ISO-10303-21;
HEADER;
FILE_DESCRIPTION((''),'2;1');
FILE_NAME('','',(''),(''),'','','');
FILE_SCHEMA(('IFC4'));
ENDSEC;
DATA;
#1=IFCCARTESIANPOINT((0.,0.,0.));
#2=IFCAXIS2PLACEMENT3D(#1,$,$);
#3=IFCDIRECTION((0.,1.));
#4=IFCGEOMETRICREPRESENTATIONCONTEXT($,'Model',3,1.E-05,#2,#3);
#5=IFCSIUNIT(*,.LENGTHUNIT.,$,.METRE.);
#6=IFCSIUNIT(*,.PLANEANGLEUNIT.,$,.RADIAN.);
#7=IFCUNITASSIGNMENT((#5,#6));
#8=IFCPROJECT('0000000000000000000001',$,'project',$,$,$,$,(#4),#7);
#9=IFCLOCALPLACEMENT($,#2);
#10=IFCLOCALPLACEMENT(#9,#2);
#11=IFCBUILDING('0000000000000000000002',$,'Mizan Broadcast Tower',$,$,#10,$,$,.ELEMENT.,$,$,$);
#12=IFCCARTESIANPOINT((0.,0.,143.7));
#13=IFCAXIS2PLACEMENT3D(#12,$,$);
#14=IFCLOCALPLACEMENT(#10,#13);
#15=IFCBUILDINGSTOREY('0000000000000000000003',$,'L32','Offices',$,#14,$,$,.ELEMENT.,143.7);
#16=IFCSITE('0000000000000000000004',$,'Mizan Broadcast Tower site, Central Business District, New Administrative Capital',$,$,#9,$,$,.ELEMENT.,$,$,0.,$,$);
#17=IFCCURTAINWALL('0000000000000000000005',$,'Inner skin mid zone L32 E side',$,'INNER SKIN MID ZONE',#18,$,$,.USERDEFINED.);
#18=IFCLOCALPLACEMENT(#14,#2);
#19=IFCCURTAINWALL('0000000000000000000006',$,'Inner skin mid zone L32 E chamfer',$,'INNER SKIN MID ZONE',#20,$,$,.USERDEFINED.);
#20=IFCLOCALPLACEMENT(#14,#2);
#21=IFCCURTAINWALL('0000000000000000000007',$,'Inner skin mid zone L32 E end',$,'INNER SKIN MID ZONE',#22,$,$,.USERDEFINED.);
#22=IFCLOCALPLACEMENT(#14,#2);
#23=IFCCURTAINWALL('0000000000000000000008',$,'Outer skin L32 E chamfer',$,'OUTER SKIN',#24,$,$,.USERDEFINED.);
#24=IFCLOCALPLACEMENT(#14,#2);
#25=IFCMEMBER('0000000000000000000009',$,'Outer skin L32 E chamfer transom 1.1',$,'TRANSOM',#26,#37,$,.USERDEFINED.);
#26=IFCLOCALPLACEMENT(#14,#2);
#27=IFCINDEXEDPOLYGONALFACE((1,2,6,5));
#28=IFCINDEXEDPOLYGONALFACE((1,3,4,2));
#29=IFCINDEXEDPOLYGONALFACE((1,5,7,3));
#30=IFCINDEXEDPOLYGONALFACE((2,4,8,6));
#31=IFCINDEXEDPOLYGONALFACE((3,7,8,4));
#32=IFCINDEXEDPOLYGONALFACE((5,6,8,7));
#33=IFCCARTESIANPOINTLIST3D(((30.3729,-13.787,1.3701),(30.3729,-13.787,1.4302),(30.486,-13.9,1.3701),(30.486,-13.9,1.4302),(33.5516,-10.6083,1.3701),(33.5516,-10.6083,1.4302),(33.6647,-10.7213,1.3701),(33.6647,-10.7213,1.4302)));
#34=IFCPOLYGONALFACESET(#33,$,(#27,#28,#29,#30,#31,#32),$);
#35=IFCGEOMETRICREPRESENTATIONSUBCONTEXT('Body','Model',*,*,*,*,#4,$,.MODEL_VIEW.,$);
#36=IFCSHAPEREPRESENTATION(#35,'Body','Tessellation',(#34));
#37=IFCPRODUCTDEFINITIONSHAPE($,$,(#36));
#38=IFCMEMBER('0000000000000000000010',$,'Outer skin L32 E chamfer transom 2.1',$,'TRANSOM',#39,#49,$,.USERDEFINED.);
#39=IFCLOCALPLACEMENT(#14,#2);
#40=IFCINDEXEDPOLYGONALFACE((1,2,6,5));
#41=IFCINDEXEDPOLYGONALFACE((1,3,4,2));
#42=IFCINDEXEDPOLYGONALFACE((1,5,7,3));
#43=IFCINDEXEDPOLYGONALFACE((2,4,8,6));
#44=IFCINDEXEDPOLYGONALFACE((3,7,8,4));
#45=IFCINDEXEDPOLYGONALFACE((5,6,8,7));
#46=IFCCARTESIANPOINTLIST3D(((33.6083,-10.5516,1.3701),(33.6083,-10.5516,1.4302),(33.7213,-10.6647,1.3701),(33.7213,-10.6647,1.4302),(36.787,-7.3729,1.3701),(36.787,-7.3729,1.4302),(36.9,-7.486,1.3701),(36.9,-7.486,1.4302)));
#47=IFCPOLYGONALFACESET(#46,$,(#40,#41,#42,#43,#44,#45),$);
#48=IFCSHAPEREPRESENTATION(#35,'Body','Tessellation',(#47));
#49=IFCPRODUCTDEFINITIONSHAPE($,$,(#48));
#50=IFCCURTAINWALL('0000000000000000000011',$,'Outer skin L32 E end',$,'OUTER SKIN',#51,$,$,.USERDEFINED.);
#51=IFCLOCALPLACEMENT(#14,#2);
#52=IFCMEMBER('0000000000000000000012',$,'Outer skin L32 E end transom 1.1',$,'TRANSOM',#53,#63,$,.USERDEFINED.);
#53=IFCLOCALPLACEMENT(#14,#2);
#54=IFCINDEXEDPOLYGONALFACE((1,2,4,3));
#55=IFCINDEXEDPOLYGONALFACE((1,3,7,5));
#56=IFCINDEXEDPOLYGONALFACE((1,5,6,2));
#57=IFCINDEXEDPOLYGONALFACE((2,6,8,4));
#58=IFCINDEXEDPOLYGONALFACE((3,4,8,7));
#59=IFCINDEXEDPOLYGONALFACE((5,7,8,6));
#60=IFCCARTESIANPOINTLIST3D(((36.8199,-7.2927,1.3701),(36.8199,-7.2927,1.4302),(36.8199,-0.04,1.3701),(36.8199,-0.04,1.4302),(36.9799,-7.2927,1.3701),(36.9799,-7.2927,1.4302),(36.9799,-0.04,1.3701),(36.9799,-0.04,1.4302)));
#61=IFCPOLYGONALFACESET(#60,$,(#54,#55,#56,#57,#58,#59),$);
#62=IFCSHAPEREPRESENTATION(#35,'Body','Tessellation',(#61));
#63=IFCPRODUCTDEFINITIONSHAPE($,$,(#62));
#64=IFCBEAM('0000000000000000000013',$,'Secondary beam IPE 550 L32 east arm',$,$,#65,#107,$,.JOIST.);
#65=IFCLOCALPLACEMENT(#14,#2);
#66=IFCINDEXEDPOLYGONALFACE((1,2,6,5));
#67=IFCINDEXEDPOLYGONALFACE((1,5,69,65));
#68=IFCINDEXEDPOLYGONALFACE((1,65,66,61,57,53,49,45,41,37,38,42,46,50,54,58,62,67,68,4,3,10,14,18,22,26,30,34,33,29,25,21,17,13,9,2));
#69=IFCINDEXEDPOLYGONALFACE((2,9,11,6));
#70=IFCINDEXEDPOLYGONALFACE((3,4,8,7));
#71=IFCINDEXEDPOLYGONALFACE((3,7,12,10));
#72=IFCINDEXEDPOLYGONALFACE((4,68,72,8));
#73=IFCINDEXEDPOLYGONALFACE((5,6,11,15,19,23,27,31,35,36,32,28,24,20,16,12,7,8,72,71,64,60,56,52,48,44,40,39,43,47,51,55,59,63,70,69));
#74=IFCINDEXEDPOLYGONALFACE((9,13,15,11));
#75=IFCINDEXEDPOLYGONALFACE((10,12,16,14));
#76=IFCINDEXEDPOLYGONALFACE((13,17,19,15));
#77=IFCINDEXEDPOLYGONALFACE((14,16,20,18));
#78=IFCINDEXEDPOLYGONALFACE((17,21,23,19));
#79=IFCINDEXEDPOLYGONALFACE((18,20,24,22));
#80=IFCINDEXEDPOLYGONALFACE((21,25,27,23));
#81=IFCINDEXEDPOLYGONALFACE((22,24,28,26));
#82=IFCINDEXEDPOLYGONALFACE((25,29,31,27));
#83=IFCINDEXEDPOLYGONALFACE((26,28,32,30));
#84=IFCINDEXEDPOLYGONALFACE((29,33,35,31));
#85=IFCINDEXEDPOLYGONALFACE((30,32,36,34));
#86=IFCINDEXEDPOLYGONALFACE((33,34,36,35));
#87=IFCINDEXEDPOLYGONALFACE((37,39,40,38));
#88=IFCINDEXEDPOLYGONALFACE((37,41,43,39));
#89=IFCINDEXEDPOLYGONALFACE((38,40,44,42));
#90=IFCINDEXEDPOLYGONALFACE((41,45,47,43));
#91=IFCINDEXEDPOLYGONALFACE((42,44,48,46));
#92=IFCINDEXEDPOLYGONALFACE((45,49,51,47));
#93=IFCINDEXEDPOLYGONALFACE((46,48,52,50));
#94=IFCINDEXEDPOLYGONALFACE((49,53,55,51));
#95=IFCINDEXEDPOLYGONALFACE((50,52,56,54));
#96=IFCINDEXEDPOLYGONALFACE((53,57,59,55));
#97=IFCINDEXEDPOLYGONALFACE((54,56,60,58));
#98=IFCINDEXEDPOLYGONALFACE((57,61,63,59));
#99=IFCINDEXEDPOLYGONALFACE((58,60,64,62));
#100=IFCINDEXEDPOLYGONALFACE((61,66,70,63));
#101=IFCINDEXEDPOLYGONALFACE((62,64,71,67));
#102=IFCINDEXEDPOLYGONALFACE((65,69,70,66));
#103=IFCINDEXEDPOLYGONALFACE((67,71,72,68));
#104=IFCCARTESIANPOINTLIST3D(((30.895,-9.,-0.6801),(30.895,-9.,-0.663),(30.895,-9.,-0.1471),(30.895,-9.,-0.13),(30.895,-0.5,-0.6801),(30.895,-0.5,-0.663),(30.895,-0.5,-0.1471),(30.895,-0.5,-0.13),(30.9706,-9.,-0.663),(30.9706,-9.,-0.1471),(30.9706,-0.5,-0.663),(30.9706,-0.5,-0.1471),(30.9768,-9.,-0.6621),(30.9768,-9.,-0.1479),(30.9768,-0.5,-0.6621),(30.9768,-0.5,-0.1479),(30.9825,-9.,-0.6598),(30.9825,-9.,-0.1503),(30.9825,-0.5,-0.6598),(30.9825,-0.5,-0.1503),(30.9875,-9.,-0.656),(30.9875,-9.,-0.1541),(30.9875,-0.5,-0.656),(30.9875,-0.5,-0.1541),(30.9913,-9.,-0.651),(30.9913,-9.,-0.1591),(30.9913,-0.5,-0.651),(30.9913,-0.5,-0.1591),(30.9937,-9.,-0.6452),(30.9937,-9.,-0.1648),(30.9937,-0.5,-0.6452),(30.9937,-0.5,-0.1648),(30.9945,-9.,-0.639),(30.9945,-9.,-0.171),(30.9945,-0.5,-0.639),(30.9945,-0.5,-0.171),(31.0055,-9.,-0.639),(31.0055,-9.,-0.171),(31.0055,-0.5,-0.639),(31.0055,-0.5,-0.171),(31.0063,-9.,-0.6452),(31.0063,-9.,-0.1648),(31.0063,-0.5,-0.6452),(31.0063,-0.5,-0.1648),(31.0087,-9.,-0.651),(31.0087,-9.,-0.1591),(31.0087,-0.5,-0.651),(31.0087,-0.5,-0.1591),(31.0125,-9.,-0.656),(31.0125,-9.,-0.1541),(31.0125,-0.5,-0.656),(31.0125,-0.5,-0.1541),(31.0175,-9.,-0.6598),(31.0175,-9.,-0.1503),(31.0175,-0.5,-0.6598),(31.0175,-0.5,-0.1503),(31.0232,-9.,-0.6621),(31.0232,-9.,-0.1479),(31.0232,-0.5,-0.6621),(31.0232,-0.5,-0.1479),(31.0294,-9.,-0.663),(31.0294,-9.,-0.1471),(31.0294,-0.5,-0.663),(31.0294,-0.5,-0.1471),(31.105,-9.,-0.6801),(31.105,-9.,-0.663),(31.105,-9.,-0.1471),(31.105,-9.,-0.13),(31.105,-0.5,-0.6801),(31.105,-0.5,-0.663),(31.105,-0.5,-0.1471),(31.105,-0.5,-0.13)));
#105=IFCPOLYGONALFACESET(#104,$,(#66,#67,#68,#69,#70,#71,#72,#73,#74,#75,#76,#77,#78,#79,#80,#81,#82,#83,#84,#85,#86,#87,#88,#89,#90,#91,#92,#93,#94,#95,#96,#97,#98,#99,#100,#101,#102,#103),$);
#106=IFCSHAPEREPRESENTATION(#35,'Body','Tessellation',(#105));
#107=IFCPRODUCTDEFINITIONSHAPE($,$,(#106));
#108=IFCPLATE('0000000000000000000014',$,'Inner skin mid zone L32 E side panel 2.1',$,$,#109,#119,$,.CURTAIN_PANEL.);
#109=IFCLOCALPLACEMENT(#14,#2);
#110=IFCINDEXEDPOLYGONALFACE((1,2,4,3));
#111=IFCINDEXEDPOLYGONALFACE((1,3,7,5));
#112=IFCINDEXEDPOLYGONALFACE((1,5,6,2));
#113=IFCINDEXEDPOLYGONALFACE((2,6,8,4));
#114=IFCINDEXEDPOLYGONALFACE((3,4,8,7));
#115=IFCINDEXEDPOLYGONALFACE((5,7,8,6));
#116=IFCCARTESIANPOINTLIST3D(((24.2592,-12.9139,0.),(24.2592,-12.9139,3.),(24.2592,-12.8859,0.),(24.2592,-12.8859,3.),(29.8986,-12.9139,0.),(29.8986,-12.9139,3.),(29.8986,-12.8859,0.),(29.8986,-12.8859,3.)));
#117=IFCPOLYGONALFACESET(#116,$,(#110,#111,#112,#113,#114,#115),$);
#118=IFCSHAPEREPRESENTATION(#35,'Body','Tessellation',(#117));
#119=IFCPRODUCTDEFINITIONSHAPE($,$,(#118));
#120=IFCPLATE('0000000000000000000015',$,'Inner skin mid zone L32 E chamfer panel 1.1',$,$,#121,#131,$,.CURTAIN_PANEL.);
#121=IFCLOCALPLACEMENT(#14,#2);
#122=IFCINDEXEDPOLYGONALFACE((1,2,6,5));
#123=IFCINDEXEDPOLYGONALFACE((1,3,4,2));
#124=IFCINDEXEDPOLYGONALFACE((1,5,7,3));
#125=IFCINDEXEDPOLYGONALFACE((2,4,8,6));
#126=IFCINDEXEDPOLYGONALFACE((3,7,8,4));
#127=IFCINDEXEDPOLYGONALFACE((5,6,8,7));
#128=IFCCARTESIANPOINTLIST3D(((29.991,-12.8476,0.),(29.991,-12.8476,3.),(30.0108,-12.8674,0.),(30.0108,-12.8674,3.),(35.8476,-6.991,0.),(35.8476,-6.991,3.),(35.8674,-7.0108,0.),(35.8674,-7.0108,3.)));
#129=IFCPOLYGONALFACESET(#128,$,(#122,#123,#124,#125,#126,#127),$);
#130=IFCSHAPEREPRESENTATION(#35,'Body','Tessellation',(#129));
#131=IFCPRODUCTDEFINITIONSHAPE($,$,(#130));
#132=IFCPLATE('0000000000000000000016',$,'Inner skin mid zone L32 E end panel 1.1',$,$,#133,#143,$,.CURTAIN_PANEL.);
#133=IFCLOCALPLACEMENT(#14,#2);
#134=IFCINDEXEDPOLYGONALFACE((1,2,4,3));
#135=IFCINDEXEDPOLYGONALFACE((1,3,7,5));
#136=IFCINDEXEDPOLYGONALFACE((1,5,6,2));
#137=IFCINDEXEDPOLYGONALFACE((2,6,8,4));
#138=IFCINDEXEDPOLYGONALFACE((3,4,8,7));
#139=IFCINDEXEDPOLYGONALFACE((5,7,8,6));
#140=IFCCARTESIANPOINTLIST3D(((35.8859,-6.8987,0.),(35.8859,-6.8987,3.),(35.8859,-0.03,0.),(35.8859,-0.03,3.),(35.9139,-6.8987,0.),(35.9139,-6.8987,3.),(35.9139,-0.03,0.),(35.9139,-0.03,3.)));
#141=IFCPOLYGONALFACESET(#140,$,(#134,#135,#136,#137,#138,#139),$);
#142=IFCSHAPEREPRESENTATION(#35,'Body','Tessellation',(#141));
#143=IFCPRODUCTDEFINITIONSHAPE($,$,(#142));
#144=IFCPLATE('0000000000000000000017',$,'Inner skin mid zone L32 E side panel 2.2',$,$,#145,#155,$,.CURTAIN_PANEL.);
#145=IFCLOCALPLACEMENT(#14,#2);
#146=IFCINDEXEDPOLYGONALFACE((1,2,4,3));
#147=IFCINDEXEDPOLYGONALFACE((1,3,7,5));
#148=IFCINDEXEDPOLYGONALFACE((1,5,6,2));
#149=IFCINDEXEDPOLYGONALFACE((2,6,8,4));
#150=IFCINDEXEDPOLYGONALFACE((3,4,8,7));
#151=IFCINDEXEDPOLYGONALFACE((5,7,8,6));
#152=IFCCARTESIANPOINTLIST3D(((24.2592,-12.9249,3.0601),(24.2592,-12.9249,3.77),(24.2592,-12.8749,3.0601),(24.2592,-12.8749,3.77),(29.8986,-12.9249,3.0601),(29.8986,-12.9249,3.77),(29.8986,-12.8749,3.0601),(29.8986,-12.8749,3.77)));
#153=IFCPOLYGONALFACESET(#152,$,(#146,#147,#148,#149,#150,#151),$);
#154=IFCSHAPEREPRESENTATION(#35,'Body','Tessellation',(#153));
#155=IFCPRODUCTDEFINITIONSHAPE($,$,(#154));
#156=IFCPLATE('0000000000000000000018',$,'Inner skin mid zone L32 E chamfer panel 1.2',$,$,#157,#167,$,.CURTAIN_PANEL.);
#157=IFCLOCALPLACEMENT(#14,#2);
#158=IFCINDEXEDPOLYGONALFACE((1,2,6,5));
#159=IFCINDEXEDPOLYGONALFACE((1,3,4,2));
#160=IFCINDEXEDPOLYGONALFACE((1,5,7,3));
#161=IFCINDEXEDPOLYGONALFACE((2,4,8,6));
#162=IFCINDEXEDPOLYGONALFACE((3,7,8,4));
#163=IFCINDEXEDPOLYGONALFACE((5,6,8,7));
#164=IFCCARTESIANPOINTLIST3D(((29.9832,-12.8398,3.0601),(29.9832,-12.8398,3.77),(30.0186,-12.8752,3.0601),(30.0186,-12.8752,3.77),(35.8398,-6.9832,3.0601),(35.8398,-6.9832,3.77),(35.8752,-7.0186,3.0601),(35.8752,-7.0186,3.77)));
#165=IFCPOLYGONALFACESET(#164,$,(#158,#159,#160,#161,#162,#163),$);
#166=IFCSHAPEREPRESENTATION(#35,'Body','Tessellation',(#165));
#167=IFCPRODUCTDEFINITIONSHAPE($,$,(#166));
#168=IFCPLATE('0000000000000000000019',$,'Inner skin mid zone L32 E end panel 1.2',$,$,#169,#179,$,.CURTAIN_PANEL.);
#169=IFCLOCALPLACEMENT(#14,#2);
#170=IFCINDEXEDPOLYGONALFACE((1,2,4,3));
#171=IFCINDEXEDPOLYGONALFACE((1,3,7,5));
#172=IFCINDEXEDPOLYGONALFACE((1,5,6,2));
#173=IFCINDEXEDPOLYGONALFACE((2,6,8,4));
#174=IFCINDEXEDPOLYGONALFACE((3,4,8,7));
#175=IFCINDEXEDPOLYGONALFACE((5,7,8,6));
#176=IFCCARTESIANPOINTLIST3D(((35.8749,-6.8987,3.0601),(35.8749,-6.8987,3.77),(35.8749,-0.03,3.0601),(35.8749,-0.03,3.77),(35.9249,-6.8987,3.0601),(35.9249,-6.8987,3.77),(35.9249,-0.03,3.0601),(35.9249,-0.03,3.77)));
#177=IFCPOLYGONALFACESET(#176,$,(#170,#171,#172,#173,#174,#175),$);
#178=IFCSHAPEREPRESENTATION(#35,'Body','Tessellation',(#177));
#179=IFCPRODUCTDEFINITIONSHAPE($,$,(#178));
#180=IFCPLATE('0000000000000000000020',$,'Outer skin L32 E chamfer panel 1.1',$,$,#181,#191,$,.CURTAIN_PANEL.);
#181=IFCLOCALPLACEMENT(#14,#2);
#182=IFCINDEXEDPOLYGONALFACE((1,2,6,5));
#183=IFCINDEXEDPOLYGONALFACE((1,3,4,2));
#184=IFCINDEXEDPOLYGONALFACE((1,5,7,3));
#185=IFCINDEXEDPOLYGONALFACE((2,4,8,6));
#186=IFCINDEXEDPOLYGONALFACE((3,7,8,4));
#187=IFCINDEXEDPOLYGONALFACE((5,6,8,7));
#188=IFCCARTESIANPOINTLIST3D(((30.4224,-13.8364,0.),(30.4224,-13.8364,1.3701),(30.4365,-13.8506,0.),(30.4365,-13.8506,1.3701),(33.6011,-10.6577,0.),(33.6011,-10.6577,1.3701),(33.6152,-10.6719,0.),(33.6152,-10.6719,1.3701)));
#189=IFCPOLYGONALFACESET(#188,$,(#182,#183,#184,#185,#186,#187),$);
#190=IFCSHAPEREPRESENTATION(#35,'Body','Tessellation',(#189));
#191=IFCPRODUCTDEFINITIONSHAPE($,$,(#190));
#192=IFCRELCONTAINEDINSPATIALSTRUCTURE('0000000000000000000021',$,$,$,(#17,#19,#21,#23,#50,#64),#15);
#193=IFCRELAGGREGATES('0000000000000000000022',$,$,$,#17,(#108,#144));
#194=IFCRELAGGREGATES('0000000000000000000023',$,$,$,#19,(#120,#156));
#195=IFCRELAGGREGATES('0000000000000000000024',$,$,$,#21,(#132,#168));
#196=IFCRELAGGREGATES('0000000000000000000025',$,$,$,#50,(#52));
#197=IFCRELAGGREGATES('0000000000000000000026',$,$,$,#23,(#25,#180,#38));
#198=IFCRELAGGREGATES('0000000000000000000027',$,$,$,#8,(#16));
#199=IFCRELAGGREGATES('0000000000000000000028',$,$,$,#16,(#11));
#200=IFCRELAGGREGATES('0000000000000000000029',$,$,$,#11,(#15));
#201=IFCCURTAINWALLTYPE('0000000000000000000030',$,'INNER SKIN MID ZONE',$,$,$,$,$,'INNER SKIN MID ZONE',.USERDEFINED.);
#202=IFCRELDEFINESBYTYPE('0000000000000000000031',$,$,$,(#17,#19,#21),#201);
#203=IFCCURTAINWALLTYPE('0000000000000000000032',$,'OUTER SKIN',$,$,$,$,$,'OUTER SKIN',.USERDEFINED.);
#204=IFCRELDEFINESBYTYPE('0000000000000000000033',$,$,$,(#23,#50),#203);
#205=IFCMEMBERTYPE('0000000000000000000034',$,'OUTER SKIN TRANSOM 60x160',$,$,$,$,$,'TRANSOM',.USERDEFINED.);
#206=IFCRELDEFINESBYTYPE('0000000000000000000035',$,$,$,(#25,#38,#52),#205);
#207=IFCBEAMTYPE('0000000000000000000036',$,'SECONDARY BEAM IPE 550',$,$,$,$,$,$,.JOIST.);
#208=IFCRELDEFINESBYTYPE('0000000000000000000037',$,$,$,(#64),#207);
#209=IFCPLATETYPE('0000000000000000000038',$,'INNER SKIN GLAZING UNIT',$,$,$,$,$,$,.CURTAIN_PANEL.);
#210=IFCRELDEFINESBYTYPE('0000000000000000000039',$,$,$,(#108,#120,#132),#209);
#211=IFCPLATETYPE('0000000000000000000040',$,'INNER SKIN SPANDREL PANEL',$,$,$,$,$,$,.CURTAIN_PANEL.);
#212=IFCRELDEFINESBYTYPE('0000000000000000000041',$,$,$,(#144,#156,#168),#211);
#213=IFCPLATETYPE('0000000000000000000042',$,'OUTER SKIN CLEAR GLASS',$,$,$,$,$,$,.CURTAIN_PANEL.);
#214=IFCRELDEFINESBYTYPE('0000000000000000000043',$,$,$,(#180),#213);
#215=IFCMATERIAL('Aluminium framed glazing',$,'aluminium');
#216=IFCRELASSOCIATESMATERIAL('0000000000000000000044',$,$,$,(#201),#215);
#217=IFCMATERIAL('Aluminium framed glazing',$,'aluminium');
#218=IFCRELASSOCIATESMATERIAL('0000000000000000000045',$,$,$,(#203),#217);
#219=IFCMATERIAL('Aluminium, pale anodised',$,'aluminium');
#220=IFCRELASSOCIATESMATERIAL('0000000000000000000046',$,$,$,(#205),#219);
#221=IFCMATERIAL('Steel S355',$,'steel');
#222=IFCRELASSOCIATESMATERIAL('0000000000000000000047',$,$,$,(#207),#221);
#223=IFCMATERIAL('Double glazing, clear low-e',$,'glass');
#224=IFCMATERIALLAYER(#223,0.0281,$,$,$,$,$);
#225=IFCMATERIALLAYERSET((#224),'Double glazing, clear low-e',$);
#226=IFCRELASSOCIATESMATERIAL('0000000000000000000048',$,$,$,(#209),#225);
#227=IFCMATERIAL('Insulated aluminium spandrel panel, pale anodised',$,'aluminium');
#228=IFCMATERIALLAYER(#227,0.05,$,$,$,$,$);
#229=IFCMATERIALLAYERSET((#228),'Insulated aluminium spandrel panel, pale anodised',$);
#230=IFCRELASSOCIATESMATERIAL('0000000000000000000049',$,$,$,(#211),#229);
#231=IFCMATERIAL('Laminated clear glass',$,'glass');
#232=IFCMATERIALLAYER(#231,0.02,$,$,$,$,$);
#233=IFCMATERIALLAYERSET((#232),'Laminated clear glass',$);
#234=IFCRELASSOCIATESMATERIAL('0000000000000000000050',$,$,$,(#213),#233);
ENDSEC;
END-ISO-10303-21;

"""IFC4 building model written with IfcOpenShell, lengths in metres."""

from ifc_helpers import new_model, si_unit, direction, frame, origin, origin_2d, place, context, subcontext, project, spatial, rectangle, i_section, extrude, material, layer, layer_set, material_profile, profile_set, type_object, element, aggregate, save


model = new_model("IFC4")

# Units and contexts
model_context = context("Model", 3, precision=1e-05, world=origin(), true_north=direction((0.0, 1.0)))
body_context = subcontext(model_context, "Body", "Model", "MODEL_VIEW")
ifc_project = project(units=[si_unit("LENGTHUNIT", "METRE"), si_unit("PLANEANGLEUNIT", "RADIAN")], contexts=[model_context])

# Site, building, storey
site_placement = place(None, origin())
site = spatial("IfcSite", under=ifc_project, at=site_placement, Name="Mizan Broadcast Tower site, Central Business District, New Administrative Capital", CompositionType="ELEMENT", RefElevation=0.0)
building_placement = place(site_placement, origin())
building = spatial("IfcBuilding", under=site, at=building_placement, Name="Mizan Broadcast Tower", CompositionType="ELEMENT")
storey_placement = place(building_placement, frame((0.0, 0.0, 143.7)))
storey = spatial("IfcBuildingStorey", under=building, at=storey_placement, Name="L32", Description="Offices", CompositionType="ELEMENT", Elevation=143.7)

# Curtain wall
ifc_material_1 = material(Name="Aluminium framed glazing", Category="aluminium")
curtain_wall_type_1 = type_object("IfcCurtainWallType", Name="INNER SKIN MID ZONE", ElementType="INNER SKIN MID ZONE", PredefinedType="USERDEFINED", material=ifc_material_1)
curtain_wall_1_placement = place(storey_placement, origin())
curtain_wall_1 = element("IfcCurtainWall", 1, at=curtain_wall_1_placement, inside=storey, type_object=curtain_wall_type_1, Name="Inner skin mid zone L32 E side", ObjectType="INNER SKIN MID ZONE", PredefinedType="USERDEFINED")

# Curtain wall
curtain_wall_2_placement = place(storey_placement, origin())
curtain_wall_2 = element("IfcCurtainWall", 2, at=curtain_wall_2_placement, inside=storey, type_object=curtain_wall_type_1, Name="Inner skin mid zone L32 E chamfer", ObjectType="INNER SKIN MID ZONE", PredefinedType="USERDEFINED")

# Curtain wall
curtain_wall_3_placement = place(storey_placement, origin())
curtain_wall_3 = element("IfcCurtainWall", 3, at=curtain_wall_3_placement, inside=storey, type_object=curtain_wall_type_1, Name="Inner skin mid zone L32 E end", ObjectType="INNER SKIN MID ZONE", PredefinedType="USERDEFINED")

# Curtain wall
ifc_material_2 = material(Name="Aluminium framed glazing", Category="aluminium")
curtain_wall_type_2 = type_object("IfcCurtainWallType", Name="OUTER SKIN", ElementType="OUTER SKIN", PredefinedType="USERDEFINED", material=ifc_material_2)
curtain_wall_4_placement = place(storey_placement, origin())
curtain_wall_4 = element("IfcCurtainWall", 4, at=curtain_wall_4_placement, inside=storey, type_object=curtain_wall_type_2, Name="Outer skin L32 E chamfer", ObjectType="OUTER SKIN", PredefinedType="USERDEFINED")

# Members
ifc_material_3 = material(Name="Aluminium, pale anodised", Category="aluminium")
ifc_material_profile_1 = material_profile(ifc_material_3, rectangle(XDim=0.1599, YDim=0.0601, at=origin_2d()), Name="TRANSOM 160x60")
ifc_profile_set_1 = profile_set([ifc_material_profile_1], Name="Aluminium, pale anodised")
member_type_1 = type_object("IfcMemberType", Name="OUTER SKIN TRANSOM 60x160", ElementType="TRANSOM", PredefinedType="USERDEFINED", material=ifc_profile_set_1)
member_1_placement = place(storey_placement, frame((30.4294, -13.8435, 1.4001), z_axis=(0.707107, 0.707107, 0.0), x_axis=(-0.707107, 0.707107, 0.0)))
member_1 = element("IfcMember", 5, at=member_1_placement, type_object=member_type_1, Name="Outer skin L32 E chamfer transom 1.1", ObjectType="TRANSOM", PredefinedType="USERDEFINED", context=body_context, shape_type="SweptSolid", body=[
    extrude(rectangle(XDim=0.1599, YDim=0.0601, at=origin_2d()), origin(), (0.0, 0.0, 1.0), 4.4954),
])
member_2_placement = place(storey_placement, frame((33.6648, -10.6082, 1.4001), z_axis=(0.707107, 0.707107, 0.0), x_axis=(-0.707107, 0.707107, 0.0)))
member_2 = element("IfcMember", 6, at=member_2_placement, type_object=member_type_1, Name="Outer skin L32 E chamfer transom 2.1", ObjectType="TRANSOM", PredefinedType="USERDEFINED", context=body_context, shape_type="SweptSolid", body=[
    extrude(rectangle(XDim=0.1599, YDim=0.0601, at=origin_2d()), origin(), (0.0, 0.0, 1.0), 4.4954),
])

# Curtain wall, member
curtain_wall_5_placement = place(storey_placement, origin())
curtain_wall_5 = element("IfcCurtainWall", 7, at=curtain_wall_5_placement, inside=storey, type_object=curtain_wall_type_2, Name="Outer skin L32 E end", ObjectType="OUTER SKIN", PredefinedType="USERDEFINED")
member_3_placement = place(storey_placement, frame((36.8999, -7.2927, 1.4001), z_axis=(0.0, 1.0, 0.0), x_axis=(-1.0, 0.0, 0.0)))
member_3 = element("IfcMember", 8, at=member_3_placement, type_object=member_type_1, Name="Outer skin L32 E end transom 1.1", ObjectType="TRANSOM", PredefinedType="USERDEFINED", context=body_context, shape_type="SweptSolid", body=[
    extrude(rectangle(XDim=0.1599, YDim=0.0601, at=origin_2d()), origin(), (0.0, 0.0, 1.0), 7.2527),
])

# Beam
ifc_material_4 = material(Name="Steel S355", Category="steel")
ifc_material_profile_2 = material_profile(ifc_material_4, i_section(OverallWidth=0.21, OverallDepth=0.55, WebThickness=0.011, FlangeThickness=0.0171, FilletRadius=0.0239, at=origin_2d()), Name="IPE 550")
ifc_profile_set_2 = profile_set([ifc_material_profile_2], Name="Steel S355")
beam_type_1 = type_object("IfcBeamType", Name="SECONDARY BEAM IPE 550", PredefinedType="JOIST", material=ifc_profile_set_2)
beam_1_placement = place(storey_placement, frame((31.0, -9.0, -0.405), z_axis=(0.0, 1.0, 0.0), x_axis=(-1.0, 0.0, 0.0)))
element("IfcBeam", 9, at=beam_1_placement, inside=storey, type_object=beam_type_1, Name="Secondary beam IPE 550 L32 east arm", PredefinedType="JOIST", context=body_context, shape_type="SweptSolid", body=[
    extrude(i_section(OverallWidth=0.21, OverallDepth=0.55, WebThickness=0.011, FlangeThickness=0.0171, FilletRadius=0.0239, at=origin_2d()), origin(), (0.0, 0.0, 1.0), 8.5),
])

# Plates
ifc_material_5 = material(Name="Double glazing, clear low-e", Category="glass")
ifc_layer_1 = layer(ifc_material_5, 0.0281)
ifc_layer_set_1 = layer_set([ifc_layer_1], Name="Double glazing, clear low-e")
plate_type_1 = type_object("IfcPlateType", Name="INNER SKIN GLAZING UNIT", PredefinedType="CURTAIN_PANEL", material=ifc_layer_set_1)
plate_1_placement = place(storey_placement, frame((27.0789, -12.8999, 0.0), z_axis=(0.0, 0.0, 1.0), x_axis=(1.0, 0.0, 0.0)))
plate_1 = element("IfcPlate", 10, at=plate_1_placement, type_object=plate_type_1, Name="Inner skin mid zone L32 E side panel 2.1", PredefinedType="CURTAIN_PANEL", context=body_context, shape_type="SweptSolid", body=[
    extrude(rectangle(XDim=5.6394, YDim=0.0281, at=origin_2d()), origin(), (0.0, 0.0, 1.0), 3.0),
])
plate_2_placement = place(storey_placement, frame((32.9292, -9.9292, 0.0), z_axis=(0.0, 0.0, 1.0), x_axis=(0.707107, 0.707107, 0.0)))
plate_2 = element("IfcPlate", 11, at=plate_2_placement, type_object=plate_type_1, Name="Inner skin mid zone L32 E chamfer panel 1.1", PredefinedType="CURTAIN_PANEL", context=body_context, shape_type="SweptSolid", body=[
    extrude(rectangle(XDim=8.2825, YDim=0.0281, at=origin_2d()), origin(), (0.0, 0.0, 1.0), 3.0),
])
plate_3_placement = place(storey_placement, frame((35.8999, -3.4644, 0.0), z_axis=(0.0, 0.0, 1.0), x_axis=(0.0, 1.0, 0.0)))
plate_3 = element("IfcPlate", 12, at=plate_3_placement, type_object=plate_type_1, Name="Inner skin mid zone L32 E end panel 1.1", PredefinedType="CURTAIN_PANEL", context=body_context, shape_type="SweptSolid", body=[
    extrude(rectangle(XDim=6.8687, YDim=0.0281, at=origin_2d()), origin(), (0.0, 0.0, 1.0), 3.0),
])
ifc_material_6 = material(Name="Insulated aluminium spandrel panel, pale anodised", Category="aluminium")
ifc_layer_2 = layer(ifc_material_6, 0.05)
ifc_layer_set_2 = layer_set([ifc_layer_2], Name="Insulated aluminium spandrel panel, pale anodised")
plate_type_2 = type_object("IfcPlateType", Name="INNER SKIN SPANDREL PANEL", PredefinedType="CURTAIN_PANEL", material=ifc_layer_set_2)
plate_4_placement = place(storey_placement, frame((27.0789, -12.8999, 3.0601), z_axis=(0.0, 0.0, 1.0), x_axis=(1.0, 0.0, 0.0)))
plate_4 = element("IfcPlate", 13, at=plate_4_placement, type_object=plate_type_2, Name="Inner skin mid zone L32 E side panel 2.2", PredefinedType="CURTAIN_PANEL", context=body_context, shape_type="SweptSolid", body=[
    extrude(rectangle(XDim=5.6394, YDim=0.05, at=origin_2d()), origin(), (0.0, 0.0, 1.0), 0.71),
])
aggregate(curtain_wall_1, [plate_1, plate_4])
plate_5_placement = place(storey_placement, frame((32.9292, -9.9292, 3.0601), z_axis=(0.0, 0.0, 1.0), x_axis=(0.707107, 0.707107, 0.0)))
plate_5 = element("IfcPlate", 14, at=plate_5_placement, type_object=plate_type_2, Name="Inner skin mid zone L32 E chamfer panel 1.2", PredefinedType="CURTAIN_PANEL", context=body_context, shape_type="SweptSolid", body=[
    extrude(rectangle(XDim=8.2825, YDim=0.05, at=origin_2d()), origin(), (0.0, 0.0, 1.0), 0.71),
])
aggregate(curtain_wall_2, [plate_2, plate_5])
plate_6_placement = place(storey_placement, frame((35.8999, -3.4644, 3.0601), z_axis=(0.0, 0.0, 1.0), x_axis=(0.0, 1.0, 0.0)))
plate_6 = element("IfcPlate", 15, at=plate_6_placement, type_object=plate_type_2, Name="Inner skin mid zone L32 E end panel 1.2", PredefinedType="CURTAIN_PANEL", context=body_context, shape_type="SweptSolid", body=[
    extrude(rectangle(XDim=6.8687, YDim=0.05, at=origin_2d()), origin(), (0.0, 0.0, 1.0), 0.71),
])
aggregate(curtain_wall_3, [plate_3, plate_6])
ifc_material_7 = material(Name="Laminated clear glass", Category="glass")
ifc_layer_3 = layer(ifc_material_7, 0.02)
ifc_layer_set_3 = layer_set([ifc_layer_3], Name="Laminated clear glass")
plate_type_3 = type_object("IfcPlateType", Name="OUTER SKIN CLEAR GLASS", PredefinedType="CURTAIN_PANEL", material=ifc_layer_set_3)
plate_7_placement = place(storey_placement, frame((32.0188, -12.2542, 0.0), z_axis=(0.0, 0.0, 1.0), x_axis=(0.707107, 0.707107, 0.0)))
plate_7 = element("IfcPlate", 16, at=plate_7_placement, type_object=plate_type_3, Name="Outer skin L32 E chamfer panel 1.1", PredefinedType="CURTAIN_PANEL", context=body_context, shape_type="SweptSolid", body=[
    extrude(rectangle(XDim=4.4954, YDim=0.02, at=origin_2d()), origin(), (0.0, 0.0, 1.0), 1.3701),
])
aggregate(curtain_wall_5, [member_3])
aggregate(curtain_wall_4, [member_1, plate_7, member_2])

save(model, "model.ifc")
